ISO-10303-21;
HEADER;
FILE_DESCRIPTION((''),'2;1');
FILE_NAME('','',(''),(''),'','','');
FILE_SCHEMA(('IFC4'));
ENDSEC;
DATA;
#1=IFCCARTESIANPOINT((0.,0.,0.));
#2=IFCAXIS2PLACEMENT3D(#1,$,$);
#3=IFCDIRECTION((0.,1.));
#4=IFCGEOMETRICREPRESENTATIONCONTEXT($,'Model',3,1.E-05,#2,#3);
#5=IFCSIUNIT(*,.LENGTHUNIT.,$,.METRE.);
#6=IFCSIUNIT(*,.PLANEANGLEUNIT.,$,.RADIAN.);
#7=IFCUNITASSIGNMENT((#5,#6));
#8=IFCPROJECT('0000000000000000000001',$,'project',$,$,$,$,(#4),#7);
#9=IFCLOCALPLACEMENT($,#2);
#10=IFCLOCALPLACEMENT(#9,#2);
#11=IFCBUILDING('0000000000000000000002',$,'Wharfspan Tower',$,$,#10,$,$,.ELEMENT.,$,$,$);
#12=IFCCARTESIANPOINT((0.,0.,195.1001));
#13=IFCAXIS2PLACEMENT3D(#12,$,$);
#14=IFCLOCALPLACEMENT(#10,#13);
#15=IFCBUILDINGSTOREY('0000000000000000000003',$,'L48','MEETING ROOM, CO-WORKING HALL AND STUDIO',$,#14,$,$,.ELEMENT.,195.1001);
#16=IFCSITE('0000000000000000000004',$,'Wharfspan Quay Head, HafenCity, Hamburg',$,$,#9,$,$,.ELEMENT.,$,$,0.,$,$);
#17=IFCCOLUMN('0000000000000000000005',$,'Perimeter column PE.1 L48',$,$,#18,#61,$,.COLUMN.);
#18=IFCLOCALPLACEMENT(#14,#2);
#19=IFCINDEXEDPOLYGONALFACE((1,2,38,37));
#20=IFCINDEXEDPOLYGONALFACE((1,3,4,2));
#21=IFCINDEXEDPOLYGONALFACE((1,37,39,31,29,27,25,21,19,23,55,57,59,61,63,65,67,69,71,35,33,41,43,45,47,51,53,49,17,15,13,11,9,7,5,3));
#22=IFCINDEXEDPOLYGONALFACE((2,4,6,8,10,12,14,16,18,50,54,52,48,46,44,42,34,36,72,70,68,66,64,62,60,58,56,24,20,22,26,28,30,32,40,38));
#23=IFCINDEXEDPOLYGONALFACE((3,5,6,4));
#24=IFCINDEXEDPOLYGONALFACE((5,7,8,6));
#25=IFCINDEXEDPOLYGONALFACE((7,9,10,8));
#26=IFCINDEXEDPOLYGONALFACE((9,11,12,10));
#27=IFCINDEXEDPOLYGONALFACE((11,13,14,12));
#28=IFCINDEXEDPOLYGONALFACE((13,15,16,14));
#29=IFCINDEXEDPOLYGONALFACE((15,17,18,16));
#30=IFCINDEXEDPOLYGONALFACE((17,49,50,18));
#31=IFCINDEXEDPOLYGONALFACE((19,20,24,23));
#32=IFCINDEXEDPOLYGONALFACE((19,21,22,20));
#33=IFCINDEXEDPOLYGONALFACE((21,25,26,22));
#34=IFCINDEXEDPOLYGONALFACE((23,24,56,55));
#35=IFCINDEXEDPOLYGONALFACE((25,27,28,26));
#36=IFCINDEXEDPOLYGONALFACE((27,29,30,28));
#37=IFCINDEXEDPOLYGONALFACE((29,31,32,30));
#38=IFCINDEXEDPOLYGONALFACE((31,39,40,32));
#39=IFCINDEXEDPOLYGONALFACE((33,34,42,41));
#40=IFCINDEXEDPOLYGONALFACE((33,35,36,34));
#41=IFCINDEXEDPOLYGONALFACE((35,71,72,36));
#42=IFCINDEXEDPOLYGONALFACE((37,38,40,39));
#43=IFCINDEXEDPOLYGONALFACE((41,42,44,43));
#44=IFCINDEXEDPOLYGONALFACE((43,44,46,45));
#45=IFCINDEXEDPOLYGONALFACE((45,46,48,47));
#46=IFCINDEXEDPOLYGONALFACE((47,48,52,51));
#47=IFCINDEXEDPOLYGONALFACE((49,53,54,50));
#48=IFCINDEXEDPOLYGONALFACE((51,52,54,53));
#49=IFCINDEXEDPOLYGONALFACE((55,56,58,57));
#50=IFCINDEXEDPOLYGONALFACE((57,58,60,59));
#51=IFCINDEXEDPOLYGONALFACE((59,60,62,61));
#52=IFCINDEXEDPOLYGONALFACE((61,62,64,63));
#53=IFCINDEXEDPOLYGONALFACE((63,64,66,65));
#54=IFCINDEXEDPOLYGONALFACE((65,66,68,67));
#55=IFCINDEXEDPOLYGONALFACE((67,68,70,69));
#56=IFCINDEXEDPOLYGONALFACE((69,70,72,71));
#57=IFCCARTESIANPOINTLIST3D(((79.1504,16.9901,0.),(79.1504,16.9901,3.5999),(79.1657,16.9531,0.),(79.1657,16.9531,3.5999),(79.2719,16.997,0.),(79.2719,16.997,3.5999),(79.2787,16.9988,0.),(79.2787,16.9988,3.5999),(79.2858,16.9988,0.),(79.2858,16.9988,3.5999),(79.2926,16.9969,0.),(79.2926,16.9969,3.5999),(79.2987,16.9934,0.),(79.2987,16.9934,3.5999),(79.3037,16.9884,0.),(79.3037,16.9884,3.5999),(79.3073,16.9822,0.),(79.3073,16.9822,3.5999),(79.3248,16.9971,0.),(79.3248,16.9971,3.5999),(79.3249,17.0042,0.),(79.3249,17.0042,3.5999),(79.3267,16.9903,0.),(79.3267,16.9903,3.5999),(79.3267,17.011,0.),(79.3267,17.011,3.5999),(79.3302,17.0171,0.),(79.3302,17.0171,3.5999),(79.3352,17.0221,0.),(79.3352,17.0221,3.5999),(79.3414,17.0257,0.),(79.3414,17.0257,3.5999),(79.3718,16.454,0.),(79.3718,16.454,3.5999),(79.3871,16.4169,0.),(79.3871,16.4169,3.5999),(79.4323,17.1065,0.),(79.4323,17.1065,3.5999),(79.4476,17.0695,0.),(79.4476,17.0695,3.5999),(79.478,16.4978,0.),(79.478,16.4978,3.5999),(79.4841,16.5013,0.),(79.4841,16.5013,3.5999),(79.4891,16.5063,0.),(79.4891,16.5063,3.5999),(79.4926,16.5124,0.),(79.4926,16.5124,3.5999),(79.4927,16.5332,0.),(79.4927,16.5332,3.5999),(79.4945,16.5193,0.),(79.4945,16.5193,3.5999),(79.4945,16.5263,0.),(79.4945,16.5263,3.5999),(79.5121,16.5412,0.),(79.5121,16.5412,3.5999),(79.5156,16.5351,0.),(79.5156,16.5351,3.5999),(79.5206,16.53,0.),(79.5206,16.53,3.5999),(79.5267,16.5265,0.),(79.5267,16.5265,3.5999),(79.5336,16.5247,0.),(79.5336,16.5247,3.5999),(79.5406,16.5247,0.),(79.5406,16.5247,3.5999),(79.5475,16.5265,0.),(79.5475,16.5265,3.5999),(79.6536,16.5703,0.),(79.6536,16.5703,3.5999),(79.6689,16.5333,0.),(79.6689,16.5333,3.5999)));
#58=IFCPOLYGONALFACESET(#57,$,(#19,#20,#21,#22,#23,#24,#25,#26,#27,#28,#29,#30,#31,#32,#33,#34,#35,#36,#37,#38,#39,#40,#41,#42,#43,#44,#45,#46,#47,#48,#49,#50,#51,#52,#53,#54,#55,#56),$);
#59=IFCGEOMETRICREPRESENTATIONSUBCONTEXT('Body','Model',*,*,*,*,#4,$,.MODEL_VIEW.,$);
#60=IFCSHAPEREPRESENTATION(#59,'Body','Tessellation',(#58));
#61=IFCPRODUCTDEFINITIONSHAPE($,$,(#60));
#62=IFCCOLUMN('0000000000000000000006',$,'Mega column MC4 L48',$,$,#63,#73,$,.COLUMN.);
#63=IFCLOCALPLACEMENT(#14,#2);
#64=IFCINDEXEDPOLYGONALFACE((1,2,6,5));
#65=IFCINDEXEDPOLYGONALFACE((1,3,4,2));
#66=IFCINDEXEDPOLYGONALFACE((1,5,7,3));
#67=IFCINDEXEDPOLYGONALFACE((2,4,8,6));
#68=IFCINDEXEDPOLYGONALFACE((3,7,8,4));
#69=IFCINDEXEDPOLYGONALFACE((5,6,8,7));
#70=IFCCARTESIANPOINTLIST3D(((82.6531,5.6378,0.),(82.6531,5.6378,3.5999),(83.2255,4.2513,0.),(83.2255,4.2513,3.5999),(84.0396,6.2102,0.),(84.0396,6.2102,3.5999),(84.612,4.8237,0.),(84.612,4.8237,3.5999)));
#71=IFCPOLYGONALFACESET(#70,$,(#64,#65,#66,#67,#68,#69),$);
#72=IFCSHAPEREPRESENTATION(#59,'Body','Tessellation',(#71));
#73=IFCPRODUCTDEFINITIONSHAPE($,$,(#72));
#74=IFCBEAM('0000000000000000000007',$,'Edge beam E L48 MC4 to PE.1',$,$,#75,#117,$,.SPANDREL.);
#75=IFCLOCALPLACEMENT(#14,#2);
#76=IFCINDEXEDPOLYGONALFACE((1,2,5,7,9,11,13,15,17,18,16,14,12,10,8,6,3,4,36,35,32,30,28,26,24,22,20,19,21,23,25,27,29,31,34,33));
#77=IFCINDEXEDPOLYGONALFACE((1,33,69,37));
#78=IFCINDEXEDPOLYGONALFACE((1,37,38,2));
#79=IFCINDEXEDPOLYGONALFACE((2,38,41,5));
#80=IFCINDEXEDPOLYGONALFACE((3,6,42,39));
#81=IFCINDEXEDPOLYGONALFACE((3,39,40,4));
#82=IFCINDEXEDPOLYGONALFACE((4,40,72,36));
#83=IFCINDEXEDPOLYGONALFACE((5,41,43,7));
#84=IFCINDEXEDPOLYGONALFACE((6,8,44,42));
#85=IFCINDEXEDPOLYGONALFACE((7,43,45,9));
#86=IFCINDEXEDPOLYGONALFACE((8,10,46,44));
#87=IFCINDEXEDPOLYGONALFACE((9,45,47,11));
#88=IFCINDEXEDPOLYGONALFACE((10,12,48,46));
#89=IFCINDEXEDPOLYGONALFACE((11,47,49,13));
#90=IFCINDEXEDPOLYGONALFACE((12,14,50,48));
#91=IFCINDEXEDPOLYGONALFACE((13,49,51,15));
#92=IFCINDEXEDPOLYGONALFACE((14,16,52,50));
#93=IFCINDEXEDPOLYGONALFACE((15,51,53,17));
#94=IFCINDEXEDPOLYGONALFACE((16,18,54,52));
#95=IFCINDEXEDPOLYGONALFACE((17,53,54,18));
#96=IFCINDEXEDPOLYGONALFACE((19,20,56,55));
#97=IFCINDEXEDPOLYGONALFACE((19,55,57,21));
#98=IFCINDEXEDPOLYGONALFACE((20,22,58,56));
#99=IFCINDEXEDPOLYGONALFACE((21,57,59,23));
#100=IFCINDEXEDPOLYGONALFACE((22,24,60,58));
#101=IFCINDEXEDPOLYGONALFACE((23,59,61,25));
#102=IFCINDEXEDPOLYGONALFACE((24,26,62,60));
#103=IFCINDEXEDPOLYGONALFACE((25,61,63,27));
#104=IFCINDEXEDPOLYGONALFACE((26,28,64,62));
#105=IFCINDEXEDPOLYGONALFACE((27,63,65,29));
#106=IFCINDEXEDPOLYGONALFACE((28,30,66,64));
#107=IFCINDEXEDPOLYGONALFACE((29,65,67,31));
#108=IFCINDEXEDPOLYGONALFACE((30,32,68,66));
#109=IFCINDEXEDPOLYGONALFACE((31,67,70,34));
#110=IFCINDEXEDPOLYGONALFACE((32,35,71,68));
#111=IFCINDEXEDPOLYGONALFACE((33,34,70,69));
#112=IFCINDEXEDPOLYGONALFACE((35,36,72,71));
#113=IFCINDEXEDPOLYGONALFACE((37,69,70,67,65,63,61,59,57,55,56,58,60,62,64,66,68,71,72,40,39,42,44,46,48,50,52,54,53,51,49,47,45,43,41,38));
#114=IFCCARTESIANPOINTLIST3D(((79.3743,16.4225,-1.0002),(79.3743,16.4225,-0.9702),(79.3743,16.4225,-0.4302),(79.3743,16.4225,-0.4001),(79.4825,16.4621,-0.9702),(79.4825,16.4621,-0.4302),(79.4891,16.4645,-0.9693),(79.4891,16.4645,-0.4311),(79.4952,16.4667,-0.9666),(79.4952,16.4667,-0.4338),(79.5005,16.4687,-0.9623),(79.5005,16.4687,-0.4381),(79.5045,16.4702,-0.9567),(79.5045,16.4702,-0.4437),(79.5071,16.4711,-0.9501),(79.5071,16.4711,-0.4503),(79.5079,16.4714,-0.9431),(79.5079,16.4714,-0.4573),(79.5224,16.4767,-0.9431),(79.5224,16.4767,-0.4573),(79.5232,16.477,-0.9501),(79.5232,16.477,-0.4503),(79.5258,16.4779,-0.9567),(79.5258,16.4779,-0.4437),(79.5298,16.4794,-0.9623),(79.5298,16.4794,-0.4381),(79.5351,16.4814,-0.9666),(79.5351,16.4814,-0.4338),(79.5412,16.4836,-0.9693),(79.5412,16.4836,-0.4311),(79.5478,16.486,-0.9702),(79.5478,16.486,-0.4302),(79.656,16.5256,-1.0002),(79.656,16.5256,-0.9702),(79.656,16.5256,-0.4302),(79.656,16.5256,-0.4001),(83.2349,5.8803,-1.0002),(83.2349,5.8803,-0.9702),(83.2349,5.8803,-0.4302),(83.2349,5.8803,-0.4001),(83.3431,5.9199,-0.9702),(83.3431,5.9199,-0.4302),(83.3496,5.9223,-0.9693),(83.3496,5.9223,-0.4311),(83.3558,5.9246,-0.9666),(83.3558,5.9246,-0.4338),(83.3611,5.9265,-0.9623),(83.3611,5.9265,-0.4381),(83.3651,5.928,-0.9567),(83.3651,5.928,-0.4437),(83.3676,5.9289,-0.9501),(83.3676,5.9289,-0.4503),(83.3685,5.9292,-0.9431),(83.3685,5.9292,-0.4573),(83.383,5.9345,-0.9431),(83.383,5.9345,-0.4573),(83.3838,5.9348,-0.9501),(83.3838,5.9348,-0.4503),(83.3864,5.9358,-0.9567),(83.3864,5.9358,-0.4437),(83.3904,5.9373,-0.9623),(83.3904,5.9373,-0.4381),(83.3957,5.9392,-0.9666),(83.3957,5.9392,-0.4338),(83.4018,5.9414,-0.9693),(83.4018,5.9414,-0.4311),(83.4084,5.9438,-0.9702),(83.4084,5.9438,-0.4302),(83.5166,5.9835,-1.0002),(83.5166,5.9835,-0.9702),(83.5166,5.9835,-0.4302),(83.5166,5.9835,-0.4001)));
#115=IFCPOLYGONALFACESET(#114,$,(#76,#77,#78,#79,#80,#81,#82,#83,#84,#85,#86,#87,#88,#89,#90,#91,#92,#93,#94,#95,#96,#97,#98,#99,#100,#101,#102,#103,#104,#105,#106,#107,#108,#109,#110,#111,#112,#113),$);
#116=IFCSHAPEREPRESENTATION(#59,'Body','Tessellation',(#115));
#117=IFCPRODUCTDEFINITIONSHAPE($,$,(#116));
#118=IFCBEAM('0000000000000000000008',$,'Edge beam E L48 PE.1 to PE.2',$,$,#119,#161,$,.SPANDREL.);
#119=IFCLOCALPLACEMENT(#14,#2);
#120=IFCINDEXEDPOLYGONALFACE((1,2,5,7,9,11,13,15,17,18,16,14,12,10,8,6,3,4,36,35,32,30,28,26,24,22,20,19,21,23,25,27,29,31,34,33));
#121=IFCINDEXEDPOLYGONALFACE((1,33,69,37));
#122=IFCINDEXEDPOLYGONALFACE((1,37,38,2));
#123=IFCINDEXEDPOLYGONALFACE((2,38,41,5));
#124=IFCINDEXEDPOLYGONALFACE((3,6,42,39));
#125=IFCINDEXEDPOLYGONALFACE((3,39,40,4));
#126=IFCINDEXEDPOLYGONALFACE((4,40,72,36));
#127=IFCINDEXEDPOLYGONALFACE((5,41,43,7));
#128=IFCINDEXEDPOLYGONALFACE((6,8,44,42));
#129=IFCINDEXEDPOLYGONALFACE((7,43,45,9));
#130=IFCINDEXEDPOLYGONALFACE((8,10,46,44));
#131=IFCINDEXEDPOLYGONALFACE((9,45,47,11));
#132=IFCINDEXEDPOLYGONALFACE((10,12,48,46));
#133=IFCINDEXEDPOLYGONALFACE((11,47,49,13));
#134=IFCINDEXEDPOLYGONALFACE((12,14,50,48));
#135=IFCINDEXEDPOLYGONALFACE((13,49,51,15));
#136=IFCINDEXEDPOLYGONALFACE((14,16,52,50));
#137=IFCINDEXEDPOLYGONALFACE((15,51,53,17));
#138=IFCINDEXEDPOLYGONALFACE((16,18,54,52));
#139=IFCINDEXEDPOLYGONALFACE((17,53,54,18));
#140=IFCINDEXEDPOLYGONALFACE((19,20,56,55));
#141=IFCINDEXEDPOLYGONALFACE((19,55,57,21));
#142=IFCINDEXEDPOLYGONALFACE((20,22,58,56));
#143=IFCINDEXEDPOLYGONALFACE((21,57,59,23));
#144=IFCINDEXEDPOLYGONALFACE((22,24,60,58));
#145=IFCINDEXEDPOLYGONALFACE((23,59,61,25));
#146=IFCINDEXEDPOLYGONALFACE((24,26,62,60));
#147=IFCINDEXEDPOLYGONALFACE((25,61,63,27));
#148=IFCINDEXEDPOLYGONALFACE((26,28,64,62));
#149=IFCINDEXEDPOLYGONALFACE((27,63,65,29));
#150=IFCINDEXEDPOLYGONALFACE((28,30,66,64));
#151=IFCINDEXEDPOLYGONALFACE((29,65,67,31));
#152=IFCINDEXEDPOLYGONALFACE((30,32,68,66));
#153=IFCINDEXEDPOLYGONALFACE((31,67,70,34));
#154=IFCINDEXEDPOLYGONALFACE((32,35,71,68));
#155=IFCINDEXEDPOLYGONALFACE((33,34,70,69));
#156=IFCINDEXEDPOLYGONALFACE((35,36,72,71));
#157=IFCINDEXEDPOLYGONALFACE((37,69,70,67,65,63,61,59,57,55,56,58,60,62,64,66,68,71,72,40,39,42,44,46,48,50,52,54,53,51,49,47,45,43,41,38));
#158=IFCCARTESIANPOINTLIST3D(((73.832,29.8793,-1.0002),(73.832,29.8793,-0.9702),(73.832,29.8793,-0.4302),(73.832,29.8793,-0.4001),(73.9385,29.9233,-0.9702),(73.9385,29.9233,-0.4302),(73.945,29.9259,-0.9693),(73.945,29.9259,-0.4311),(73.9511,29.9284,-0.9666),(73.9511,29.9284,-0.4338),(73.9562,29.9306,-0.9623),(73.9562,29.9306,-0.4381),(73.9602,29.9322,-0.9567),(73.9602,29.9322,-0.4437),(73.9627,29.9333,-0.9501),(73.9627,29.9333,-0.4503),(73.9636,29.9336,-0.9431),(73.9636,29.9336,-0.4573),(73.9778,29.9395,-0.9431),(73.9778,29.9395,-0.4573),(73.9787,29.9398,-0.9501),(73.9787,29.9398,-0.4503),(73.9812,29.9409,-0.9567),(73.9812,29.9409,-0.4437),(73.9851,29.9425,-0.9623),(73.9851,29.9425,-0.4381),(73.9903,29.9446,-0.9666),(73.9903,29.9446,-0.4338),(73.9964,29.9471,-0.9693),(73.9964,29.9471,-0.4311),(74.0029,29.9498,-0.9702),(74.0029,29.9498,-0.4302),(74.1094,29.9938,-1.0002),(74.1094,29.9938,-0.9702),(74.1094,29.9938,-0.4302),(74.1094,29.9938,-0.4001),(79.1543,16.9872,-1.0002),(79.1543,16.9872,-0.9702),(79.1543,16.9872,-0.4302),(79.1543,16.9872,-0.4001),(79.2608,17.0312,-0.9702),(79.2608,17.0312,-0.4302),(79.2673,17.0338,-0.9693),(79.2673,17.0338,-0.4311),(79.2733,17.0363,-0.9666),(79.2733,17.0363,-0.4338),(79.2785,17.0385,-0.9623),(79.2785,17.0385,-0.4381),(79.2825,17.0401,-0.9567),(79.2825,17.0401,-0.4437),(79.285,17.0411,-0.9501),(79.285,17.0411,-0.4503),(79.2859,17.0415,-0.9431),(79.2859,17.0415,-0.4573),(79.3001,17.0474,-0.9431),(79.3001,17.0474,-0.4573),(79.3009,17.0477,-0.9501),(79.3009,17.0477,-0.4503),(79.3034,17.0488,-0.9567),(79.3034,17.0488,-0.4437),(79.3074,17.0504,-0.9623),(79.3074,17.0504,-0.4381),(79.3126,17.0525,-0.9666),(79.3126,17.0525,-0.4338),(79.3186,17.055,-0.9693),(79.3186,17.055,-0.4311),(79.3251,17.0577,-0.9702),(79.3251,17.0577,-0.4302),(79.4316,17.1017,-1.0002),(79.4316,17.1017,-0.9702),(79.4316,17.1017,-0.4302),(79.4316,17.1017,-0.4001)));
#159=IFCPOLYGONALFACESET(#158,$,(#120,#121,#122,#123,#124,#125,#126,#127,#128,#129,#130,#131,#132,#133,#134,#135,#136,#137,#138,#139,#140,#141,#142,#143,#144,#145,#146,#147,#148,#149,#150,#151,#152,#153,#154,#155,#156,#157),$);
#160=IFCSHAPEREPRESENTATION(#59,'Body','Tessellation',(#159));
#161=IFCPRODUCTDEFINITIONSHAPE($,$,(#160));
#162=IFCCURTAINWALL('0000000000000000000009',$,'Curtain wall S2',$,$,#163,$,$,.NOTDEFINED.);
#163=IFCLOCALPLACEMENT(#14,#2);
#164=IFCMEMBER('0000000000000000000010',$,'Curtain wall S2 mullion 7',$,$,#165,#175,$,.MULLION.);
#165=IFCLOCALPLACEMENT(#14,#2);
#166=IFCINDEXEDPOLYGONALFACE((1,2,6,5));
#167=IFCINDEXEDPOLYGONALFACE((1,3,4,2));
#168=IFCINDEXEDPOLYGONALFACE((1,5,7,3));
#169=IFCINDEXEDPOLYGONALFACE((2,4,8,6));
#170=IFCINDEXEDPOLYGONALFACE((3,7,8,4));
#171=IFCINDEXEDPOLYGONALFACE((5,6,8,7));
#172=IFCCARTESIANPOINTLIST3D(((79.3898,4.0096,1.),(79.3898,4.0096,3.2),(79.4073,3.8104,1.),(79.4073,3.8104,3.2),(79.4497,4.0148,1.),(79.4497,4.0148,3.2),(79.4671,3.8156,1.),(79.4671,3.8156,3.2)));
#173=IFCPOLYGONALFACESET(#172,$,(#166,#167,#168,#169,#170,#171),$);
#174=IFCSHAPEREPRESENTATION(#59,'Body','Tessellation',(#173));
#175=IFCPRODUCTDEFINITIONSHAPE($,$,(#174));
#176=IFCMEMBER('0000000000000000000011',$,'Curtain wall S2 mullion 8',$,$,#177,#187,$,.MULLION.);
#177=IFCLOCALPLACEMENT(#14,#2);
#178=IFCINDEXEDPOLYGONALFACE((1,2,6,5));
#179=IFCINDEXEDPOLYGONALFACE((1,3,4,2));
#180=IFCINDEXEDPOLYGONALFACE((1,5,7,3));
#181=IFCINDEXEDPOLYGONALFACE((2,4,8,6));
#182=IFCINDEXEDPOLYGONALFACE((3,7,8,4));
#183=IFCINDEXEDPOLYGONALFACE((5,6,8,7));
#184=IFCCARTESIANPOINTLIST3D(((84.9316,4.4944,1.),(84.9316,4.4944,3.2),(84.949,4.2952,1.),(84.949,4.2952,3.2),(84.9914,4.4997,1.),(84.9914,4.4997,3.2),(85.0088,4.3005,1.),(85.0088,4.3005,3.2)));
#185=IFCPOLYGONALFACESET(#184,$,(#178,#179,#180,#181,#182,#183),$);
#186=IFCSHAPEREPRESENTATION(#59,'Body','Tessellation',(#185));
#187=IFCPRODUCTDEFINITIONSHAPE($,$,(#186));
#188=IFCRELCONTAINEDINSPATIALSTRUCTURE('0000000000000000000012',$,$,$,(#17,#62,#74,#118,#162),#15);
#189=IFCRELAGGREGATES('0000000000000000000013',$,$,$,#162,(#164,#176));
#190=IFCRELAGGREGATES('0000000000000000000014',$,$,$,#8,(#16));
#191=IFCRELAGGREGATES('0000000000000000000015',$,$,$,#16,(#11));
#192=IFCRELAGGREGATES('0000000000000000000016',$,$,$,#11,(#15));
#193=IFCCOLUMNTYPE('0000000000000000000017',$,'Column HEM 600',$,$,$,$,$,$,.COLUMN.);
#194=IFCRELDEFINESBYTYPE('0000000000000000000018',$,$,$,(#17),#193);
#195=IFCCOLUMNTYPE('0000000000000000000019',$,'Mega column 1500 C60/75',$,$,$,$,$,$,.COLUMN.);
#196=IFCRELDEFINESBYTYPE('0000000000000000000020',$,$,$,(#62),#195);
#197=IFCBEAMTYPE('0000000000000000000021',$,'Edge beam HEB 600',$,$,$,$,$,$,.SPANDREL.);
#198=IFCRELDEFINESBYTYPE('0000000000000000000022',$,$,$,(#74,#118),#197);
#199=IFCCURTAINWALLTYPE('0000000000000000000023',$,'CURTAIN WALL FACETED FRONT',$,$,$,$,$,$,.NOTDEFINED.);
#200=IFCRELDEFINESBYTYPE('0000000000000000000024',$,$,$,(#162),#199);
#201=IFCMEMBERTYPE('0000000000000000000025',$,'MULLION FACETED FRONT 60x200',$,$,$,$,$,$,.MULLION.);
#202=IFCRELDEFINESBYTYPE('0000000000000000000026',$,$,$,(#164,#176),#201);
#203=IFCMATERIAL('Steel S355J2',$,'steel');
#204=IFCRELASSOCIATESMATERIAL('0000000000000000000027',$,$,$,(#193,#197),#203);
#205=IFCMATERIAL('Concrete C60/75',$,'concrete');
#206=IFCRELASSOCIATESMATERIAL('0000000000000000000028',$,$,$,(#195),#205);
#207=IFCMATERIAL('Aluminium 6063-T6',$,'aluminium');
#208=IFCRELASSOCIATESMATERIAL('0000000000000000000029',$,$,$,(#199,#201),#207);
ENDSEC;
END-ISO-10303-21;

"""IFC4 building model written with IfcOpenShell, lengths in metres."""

from ifc_helpers import new_model, si_unit, direction, frame, origin, origin_2d, place, context, subcontext, project, spatial, rectangle, i_section, extrude, material, material_profile, profile_set, type_object, element, aggregate, save


model = new_model("IFC4")

# Units and contexts
model_context = context("Model", 3, precision=1e-05, world=origin(), true_north=direction((0.0, 1.0)))
body_context = subcontext(model_context, "Body", "Model", "MODEL_VIEW")
ifc_project = project(units=[si_unit("LENGTHUNIT", "METRE"), si_unit("PLANEANGLEUNIT", "RADIAN")], contexts=[model_context])

# Site, building, storey
site_placement = place(None, origin())
site = spatial("IfcSite", under=ifc_project, at=site_placement, Name="Wharfspan Quay Head, HafenCity, Hamburg", CompositionType="ELEMENT", RefElevation=0.0)
building_placement = place(site_placement, origin())
building = spatial("IfcBuilding", under=site, at=building_placement, Name="Wharfspan Tower", CompositionType="ELEMENT")
storey_placement = place(building_placement, frame((0.0, 0.0, 195.1001)))
storey = spatial("IfcBuildingStorey", under=building, at=storey_placement, Name="L48", Description="MEETING ROOM, CO-WORKING HALL AND STUDIO", CompositionType="ELEMENT", Elevation=195.1001)

# Columns
ifc_material_1 = material(Name="Steel S355J2", Category="steel")
ifc_material_profile_1 = material_profile(ifc_material_1, i_section(OverallWidth=0.3049, OverallDepth=0.6201, WebThickness=0.021, FlangeThickness=0.04, FilletRadius=0.0271, at=origin_2d()))
ifc_profile_set_1 = profile_set([ifc_material_profile_1], Name="Steel S355J2")
column_type_1 = type_object("IfcColumnType", Name="Column HEM 600", PredefinedType="COLUMN", material=ifc_profile_set_1)
column_1_placement = place(storey_placement, frame((79.4097, 16.7617, 0.0), z_axis=(0.0, 0.0, 1.0), x_axis=(0.924325, 0.381602, 0.0)))
element("IfcColumn", 1, at=column_1_placement, inside=storey, type_object=column_type_1, Name="Perimeter column PE.1 L48", PredefinedType="COLUMN", context=body_context, shape_type="SweptSolid", body=[
    extrude(i_section(OverallWidth=0.3049, OverallDepth=0.6201, WebThickness=0.021, FlangeThickness=0.04, FilletRadius=0.0271, at=origin_2d()), origin(), (0.0, 0.0, 1.0), 3.5999),
])
ifc_material_2 = material(Name="Concrete C60/75", Category="concrete")
ifc_material_profile_2 = material_profile(ifc_material_2, rectangle(XDim=1.5, YDim=1.5, at=origin_2d()))
ifc_profile_set_2 = profile_set([ifc_material_profile_2], Name="Concrete C60/75")
column_type_2 = type_object("IfcColumnType", Name="Mega column 1500 C60/75", PredefinedType="COLUMN", material=ifc_profile_set_2)
column_2_placement = place(storey_placement, frame((83.6326, 5.2307, 0.0), z_axis=(0.0, 0.0, 1.0), x_axis=(-0.381602, 0.924325, 0.0)))
element("IfcColumn", 2, at=column_2_placement, inside=storey, type_object=column_type_2, Name="Mega column MC4 L48", PredefinedType="COLUMN", context=body_context, shape_type="SweptSolid", body=[
    extrude(rectangle(XDim=1.5, YDim=1.5, at=origin_2d()), origin(), (0.0, 0.0, 1.0), 3.5999),
])

# Beams
ifc_material_profile_3 = material_profile(ifc_material_1, i_section(OverallWidth=0.3, OverallDepth=0.6001, WebThickness=0.0154, FlangeThickness=0.03, FilletRadius=0.0271, at=origin_2d()))
ifc_profile_set_3 = profile_set([ifc_material_profile_3], Name="Steel S355J2")
beam_type = type_object("IfcBeamType", Name="Edge beam HEB 600", PredefinedType="SPANDREL", material=ifc_profile_set_3)
beam_1_placement = place(storey_placement, frame((83.3757, 5.9319, -0.7002), z_axis=(-0.343871, 0.939017, 0.0), x_axis=(-0.939017, -0.343871, 0.0)))
element("IfcBeam", 3, at=beam_1_placement, inside=storey, type_object=beam_type, Name="Edge beam E L48 MC4 to PE.1", PredefinedType="SPANDREL", context=body_context, shape_type="SweptSolid", body=[
    extrude(i_section(OverallWidth=0.3, OverallDepth=0.6001, WebThickness=0.0154, FlangeThickness=0.03, FilletRadius=0.0271, at=origin_2d()), origin(), (0.0, 0.0, 1.0), 11.2268),
])
beam_2_placement = place(storey_placement, frame((79.293, 17.0444, -0.7002), z_axis=(-0.381593, 0.92433, 0.0), x_axis=(-0.92433, -0.381593, 0.0)))
element("IfcBeam", 4, at=beam_2_placement, inside=storey, type_object=beam_type, Name="Edge beam E L48 PE.1 to PE.2", PredefinedType="SPANDREL", context=body_context, shape_type="SweptSolid", body=[
    extrude(i_section(OverallWidth=0.3, OverallDepth=0.6001, WebThickness=0.0154, FlangeThickness=0.03, FilletRadius=0.0271, at=origin_2d()), origin(), (0.0, 0.0, 1.0), 13.9475),
])

# Curtain wall, members
ifc_material_3 = material(Name="Aluminium 6063-T6", Category="aluminium")
curtain_wall_type_1 = type_object("IfcCurtainWallType", Name="CURTAIN WALL FACETED FRONT", PredefinedType="NOTDEFINED", material=ifc_material_3)
curtain_wall_1_placement = place(storey_placement, origin())
curtain_wall_1 = element("IfcCurtainWall", 5, at=curtain_wall_1_placement, inside=storey, type_object=curtain_wall_type_1, Name="Curtain wall S2", PredefinedType="NOTDEFINED")
ifc_material_profile_4 = material_profile(ifc_material_3, rectangle(XDim=0.2, YDim=0.0601, at=origin_2d()))
ifc_profile_set_4 = profile_set([ifc_material_profile_4], Name="Aluminium 6063-T6")
member_type_1 = type_object("IfcMemberType", Name="MULLION FACETED FRONT 60x200", PredefinedType="MULLION", material=ifc_profile_set_4)
member_1_placement = place(storey_placement, frame((79.4285, 3.9126, 1.0), z_axis=(0.0, 0.0, 1.0), x_axis=(-0.087156, 0.996198, 0.0)))
member_1 = element("IfcMember", 6, at=member_1_placement, type_object=member_type_1, Name="Curtain wall S2 mullion 7", PredefinedType="MULLION", context=body_context, shape_type="SweptSolid", body=[
    extrude(rectangle(XDim=0.2, YDim=0.0601, at=origin_2d()), origin(), (0.0, 0.0, 1.0), 2.2),
])
member_2_placement = place(storey_placement, frame((84.9702, 4.3975, 1.0), z_axis=(0.0, 0.0, 1.0), x_axis=(-0.087156, 0.996198, 0.0)))
member_2 = element("IfcMember", 7, at=member_2_placement, type_object=member_type_1, Name="Curtain wall S2 mullion 8", PredefinedType="MULLION", context=body_context, shape_type="SweptSolid", body=[
    extrude(rectangle(XDim=0.2, YDim=0.0601, at=origin_2d()), origin(), (0.0, 0.0, 1.0), 2.2),
])

aggregate(curtain_wall_1, [member_1, member_2])

save(model, "model.ifc")
